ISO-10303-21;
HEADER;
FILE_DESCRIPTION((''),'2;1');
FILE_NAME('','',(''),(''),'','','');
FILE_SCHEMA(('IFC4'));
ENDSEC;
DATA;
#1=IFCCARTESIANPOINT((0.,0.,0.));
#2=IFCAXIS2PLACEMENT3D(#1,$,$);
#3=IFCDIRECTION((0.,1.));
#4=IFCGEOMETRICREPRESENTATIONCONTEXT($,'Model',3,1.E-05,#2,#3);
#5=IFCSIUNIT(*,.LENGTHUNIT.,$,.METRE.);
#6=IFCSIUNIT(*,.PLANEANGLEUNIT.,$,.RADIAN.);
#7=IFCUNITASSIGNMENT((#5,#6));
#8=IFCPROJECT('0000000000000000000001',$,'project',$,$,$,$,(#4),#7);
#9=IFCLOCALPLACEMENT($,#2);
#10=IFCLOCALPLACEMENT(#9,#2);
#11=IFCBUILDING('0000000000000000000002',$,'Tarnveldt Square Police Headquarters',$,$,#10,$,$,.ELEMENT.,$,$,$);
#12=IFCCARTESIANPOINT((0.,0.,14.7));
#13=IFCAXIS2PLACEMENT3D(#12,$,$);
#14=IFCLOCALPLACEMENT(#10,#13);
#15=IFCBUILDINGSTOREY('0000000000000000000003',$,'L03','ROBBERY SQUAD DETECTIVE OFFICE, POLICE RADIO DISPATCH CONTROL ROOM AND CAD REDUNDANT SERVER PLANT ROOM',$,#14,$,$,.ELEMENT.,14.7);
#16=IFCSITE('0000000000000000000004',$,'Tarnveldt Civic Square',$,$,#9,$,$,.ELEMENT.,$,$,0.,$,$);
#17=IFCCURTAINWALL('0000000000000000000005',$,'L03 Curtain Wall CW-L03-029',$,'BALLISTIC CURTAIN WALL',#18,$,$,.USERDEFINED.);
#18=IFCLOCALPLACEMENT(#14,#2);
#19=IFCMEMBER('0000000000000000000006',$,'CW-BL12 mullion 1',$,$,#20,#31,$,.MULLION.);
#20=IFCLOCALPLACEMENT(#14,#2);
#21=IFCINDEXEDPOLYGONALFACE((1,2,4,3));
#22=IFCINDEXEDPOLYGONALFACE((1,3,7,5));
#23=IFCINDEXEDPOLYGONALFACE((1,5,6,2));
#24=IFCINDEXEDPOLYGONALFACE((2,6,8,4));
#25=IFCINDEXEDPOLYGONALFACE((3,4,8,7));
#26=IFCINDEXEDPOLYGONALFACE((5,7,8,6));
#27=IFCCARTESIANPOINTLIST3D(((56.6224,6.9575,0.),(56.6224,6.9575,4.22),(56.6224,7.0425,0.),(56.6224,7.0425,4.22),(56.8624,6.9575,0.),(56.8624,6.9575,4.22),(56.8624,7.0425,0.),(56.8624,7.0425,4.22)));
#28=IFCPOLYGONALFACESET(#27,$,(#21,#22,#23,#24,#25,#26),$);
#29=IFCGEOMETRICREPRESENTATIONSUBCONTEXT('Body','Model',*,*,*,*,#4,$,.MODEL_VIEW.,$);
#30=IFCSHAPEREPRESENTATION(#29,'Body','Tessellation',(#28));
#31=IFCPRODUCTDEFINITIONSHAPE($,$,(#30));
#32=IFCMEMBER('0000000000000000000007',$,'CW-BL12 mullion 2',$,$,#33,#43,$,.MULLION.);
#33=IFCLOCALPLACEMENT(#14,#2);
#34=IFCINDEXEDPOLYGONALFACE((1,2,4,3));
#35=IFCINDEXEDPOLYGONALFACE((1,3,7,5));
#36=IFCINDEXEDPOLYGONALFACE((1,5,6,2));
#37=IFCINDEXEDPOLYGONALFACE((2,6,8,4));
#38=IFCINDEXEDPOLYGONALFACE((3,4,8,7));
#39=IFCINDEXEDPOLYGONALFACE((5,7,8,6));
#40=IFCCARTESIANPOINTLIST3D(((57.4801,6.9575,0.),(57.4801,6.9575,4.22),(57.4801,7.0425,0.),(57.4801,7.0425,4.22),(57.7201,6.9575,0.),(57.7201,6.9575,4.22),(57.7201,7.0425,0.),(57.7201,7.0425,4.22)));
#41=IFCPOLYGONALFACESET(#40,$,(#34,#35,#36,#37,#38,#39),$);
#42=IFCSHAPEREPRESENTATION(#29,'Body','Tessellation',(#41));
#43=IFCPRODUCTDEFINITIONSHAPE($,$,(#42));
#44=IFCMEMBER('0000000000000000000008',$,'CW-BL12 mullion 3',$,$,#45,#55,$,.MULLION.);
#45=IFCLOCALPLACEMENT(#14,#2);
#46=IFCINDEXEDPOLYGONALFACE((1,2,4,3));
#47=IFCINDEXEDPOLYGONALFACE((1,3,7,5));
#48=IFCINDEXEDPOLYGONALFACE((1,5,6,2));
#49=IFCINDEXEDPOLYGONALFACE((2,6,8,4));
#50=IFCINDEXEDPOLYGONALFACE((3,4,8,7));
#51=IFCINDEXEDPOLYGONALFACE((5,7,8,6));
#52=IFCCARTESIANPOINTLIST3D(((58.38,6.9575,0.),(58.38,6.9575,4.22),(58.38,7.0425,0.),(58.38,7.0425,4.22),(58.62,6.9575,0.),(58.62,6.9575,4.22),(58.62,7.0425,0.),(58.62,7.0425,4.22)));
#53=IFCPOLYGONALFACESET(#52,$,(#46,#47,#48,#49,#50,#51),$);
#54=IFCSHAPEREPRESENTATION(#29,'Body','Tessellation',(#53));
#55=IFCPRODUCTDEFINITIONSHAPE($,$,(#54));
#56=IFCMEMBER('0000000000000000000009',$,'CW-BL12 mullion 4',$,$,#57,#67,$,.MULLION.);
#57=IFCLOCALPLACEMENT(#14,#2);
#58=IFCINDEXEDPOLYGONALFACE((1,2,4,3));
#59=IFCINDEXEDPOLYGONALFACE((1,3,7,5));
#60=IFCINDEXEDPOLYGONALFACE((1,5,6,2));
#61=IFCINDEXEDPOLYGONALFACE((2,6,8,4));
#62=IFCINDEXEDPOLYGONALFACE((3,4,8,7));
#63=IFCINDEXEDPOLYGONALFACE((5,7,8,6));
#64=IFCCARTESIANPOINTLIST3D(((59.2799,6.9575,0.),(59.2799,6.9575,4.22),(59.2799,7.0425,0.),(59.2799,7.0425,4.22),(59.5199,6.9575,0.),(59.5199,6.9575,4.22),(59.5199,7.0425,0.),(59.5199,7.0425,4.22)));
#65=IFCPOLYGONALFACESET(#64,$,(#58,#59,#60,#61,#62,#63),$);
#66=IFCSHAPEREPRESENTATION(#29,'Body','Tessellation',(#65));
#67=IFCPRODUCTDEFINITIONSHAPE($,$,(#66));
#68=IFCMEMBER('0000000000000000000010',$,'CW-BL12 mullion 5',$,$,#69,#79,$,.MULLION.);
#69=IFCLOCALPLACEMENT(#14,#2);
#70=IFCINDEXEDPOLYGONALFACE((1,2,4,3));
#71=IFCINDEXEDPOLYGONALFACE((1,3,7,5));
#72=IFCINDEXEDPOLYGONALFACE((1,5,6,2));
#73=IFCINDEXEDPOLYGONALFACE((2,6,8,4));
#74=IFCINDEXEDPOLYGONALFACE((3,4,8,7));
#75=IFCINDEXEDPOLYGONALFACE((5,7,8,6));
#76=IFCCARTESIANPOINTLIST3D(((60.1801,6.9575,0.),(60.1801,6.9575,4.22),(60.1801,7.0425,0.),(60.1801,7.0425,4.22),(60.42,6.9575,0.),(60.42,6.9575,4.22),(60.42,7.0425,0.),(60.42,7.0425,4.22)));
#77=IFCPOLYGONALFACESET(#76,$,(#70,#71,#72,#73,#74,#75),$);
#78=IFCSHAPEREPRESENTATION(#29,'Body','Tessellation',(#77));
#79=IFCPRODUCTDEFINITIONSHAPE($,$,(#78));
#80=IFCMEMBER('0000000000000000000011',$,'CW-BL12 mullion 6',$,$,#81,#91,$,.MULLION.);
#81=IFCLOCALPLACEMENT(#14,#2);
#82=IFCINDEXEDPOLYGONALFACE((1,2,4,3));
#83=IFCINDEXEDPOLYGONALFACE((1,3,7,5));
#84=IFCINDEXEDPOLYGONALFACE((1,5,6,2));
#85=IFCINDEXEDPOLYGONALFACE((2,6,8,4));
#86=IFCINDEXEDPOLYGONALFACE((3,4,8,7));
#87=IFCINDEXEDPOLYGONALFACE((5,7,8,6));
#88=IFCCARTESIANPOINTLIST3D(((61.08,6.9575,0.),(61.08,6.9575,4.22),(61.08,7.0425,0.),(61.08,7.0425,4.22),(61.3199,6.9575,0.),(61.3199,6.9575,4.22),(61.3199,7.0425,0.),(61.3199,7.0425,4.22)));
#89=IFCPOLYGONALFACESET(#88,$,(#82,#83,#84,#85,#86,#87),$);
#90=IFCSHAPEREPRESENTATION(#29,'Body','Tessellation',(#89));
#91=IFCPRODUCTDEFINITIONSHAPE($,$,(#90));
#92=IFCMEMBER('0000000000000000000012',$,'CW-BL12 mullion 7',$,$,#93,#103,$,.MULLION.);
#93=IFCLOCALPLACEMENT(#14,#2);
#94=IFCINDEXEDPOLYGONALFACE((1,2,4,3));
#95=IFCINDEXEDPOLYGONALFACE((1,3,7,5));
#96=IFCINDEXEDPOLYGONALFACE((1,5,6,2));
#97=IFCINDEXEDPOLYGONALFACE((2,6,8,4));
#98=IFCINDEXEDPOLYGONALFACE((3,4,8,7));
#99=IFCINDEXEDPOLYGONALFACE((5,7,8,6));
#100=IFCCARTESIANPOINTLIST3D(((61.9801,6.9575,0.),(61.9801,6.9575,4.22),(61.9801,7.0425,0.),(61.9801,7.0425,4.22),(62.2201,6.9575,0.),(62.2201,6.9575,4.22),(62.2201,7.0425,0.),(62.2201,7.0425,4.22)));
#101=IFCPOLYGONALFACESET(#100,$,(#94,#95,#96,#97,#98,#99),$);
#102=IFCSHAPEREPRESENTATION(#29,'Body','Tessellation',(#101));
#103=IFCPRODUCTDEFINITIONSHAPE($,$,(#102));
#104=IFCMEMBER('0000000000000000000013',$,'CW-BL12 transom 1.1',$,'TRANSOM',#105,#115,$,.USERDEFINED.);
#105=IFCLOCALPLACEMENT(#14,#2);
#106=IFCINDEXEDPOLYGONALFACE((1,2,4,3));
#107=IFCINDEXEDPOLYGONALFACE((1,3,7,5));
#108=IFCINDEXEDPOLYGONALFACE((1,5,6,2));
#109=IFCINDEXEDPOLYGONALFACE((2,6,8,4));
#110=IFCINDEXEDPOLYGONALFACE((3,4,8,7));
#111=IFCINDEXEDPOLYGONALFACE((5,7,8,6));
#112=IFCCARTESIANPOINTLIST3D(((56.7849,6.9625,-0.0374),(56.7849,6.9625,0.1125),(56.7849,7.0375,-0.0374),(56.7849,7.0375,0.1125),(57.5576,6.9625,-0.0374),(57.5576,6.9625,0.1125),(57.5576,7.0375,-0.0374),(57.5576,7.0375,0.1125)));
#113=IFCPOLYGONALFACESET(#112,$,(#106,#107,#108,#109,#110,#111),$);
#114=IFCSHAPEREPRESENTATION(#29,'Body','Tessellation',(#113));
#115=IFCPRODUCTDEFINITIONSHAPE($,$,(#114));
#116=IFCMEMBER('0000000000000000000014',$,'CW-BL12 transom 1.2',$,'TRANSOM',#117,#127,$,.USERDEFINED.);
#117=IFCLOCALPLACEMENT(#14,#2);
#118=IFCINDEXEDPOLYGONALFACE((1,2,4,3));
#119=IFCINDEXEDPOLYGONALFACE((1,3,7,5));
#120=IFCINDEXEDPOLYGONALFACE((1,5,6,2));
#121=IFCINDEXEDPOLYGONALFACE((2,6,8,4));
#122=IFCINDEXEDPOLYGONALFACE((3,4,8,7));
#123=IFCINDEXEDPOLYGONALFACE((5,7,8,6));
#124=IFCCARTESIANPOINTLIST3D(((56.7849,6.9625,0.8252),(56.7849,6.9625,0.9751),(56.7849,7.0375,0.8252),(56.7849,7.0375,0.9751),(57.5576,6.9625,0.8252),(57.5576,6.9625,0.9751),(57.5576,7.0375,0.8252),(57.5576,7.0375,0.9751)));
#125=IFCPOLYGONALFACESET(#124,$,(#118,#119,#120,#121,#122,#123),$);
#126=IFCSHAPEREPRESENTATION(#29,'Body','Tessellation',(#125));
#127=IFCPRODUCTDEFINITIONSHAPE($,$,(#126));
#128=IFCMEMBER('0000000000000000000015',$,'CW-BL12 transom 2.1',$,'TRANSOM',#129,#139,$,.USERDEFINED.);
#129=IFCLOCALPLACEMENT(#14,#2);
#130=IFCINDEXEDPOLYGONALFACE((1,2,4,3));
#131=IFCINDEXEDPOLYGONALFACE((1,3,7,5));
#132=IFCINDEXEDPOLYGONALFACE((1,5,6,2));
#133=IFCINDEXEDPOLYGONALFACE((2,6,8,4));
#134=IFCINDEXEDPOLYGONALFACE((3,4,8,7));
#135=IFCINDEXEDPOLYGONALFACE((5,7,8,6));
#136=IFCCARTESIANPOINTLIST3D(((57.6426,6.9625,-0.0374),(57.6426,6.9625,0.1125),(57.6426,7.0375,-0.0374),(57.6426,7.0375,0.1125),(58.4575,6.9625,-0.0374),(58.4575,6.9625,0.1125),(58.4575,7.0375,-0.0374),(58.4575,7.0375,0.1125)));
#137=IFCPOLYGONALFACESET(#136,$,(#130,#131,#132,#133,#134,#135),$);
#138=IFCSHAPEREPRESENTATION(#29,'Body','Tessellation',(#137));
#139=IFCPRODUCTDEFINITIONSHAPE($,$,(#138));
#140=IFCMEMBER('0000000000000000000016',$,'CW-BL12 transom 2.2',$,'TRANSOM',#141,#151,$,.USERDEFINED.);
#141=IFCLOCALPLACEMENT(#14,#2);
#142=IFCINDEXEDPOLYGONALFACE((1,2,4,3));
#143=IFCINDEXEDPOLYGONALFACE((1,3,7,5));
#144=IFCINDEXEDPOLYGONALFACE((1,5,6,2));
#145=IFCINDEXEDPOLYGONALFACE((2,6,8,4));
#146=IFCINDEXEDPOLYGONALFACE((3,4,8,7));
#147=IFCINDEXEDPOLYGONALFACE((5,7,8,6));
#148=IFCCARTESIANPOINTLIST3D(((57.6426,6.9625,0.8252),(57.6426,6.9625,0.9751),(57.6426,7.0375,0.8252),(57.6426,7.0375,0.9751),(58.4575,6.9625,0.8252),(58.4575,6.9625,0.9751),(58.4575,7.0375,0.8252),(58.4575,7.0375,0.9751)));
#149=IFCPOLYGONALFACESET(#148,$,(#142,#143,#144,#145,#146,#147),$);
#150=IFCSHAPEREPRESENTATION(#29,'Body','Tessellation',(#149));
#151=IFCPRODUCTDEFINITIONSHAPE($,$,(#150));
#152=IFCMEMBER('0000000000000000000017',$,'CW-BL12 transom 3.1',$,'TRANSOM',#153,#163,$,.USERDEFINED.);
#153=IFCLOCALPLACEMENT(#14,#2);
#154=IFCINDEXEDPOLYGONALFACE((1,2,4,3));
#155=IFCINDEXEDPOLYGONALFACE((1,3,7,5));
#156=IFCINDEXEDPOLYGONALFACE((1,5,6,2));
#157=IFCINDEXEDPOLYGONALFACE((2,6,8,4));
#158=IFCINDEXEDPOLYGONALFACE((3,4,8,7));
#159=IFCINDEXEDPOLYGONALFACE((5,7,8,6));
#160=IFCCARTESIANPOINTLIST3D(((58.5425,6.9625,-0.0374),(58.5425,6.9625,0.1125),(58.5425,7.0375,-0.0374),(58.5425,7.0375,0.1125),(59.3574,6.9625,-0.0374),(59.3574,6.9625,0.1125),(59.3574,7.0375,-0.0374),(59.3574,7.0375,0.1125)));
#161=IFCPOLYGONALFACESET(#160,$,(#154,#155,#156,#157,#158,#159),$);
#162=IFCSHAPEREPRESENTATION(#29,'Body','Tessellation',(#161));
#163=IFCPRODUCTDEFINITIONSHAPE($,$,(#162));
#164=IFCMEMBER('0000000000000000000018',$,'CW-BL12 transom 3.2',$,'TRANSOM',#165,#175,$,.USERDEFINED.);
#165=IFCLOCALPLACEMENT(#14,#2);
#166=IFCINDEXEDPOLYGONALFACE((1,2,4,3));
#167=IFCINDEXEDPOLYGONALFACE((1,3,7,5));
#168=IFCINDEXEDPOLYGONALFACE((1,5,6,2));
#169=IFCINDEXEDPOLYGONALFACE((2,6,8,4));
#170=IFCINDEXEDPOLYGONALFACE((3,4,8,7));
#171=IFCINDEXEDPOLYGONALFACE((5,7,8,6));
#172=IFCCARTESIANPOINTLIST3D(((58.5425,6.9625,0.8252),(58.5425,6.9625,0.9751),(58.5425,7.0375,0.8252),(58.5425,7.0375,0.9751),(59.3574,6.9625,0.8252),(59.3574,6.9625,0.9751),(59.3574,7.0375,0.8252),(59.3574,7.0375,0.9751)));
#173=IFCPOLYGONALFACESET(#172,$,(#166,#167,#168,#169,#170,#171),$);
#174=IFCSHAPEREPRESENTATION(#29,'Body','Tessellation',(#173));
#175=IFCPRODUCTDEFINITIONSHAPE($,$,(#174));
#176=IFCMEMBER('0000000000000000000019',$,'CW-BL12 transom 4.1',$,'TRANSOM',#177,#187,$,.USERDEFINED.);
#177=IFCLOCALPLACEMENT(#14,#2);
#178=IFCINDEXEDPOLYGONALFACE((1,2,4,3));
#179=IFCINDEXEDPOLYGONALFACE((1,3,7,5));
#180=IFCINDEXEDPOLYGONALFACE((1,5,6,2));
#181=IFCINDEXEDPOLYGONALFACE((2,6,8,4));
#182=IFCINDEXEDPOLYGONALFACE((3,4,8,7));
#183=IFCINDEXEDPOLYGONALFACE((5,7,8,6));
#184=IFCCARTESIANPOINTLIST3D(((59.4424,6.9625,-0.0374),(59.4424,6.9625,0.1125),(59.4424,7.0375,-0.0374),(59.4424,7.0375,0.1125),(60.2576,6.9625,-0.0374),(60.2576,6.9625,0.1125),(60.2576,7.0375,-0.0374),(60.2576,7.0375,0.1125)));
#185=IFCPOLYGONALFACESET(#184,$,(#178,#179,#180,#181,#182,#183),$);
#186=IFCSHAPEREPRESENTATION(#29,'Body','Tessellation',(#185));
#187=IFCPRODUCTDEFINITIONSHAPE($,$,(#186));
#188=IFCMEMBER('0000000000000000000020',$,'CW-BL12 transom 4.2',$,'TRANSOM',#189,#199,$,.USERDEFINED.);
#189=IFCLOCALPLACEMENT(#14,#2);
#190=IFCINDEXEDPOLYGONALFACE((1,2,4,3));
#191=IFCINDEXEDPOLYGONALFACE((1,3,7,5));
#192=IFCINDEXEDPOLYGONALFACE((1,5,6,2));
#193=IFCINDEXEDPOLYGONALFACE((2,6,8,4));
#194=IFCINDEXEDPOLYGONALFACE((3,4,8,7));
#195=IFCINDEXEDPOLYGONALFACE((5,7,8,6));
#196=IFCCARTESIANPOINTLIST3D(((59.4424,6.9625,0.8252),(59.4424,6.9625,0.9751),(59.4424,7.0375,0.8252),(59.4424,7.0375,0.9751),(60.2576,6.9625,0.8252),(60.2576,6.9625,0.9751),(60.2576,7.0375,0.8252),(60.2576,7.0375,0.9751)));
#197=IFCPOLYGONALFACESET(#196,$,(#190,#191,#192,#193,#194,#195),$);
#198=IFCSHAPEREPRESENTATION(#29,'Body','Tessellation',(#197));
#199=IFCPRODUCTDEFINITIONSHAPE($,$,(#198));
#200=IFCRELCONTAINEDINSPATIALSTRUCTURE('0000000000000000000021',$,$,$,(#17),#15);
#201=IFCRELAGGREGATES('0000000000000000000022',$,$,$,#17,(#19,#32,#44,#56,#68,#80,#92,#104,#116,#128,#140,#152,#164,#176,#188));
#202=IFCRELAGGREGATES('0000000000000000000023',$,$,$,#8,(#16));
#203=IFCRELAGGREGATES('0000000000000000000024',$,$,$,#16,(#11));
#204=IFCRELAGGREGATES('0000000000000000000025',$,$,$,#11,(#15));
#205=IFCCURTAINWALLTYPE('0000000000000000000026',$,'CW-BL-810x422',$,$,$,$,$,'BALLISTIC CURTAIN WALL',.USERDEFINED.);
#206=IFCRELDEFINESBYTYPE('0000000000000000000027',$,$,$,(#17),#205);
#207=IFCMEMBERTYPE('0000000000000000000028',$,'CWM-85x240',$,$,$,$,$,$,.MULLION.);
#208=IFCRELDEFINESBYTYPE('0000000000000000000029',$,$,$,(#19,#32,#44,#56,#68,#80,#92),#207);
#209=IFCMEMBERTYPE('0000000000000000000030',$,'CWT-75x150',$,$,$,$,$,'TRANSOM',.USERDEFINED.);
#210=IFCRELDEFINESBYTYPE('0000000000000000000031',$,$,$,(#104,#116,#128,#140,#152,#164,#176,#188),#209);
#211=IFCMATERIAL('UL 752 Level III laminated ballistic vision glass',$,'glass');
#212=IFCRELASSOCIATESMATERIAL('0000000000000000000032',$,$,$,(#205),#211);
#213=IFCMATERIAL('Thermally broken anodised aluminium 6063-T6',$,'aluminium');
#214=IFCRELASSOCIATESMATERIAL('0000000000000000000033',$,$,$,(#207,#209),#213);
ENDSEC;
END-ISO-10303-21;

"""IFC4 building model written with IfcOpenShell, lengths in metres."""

from ifc_helpers import new_model, si_unit, direction, frame, origin, origin_2d, place, context, subcontext, project, spatial, rectangle, extrude, material, material_profile, profile_set, type_object, element, aggregate, save


model = new_model("IFC4")

# Units and contexts
model_context = context("Model", 3, precision=1e-05, world=origin(), true_north=direction((0.0, 1.0)))
body_context = subcontext(model_context, "Body", "Model", "MODEL_VIEW")
ifc_project = project(units=[si_unit("LENGTHUNIT", "METRE"), si_unit("PLANEANGLEUNIT", "RADIAN")], contexts=[model_context])

# Site, building, storey
site_placement = place(None, origin())
site = spatial("IfcSite", under=ifc_project, at=site_placement, Name="Tarnveldt Civic Square", CompositionType="ELEMENT", RefElevation=0.0)
building_placement = place(site_placement, origin())
building = spatial("IfcBuilding", under=site, at=building_placement, Name="Tarnveldt Square Police Headquarters", CompositionType="ELEMENT")
storey_placement = place(building_placement, frame((0.0, 0.0, 14.7)))
storey = spatial("IfcBuildingStorey", under=building, at=storey_placement, Name="L03", Description="ROBBERY SQUAD DETECTIVE OFFICE, POLICE RADIO DISPATCH CONTROL ROOM AND CAD REDUNDANT SERVER PLANT ROOM", CompositionType="ELEMENT", Elevation=14.7)

# Curtain wall, members
ifc_material_1 = material(Name="UL 752 Level III laminated ballistic vision glass", Category="glass")
curtain_wall_type = type_object("IfcCurtainWallType", Name="CW-BL-810x422", ElementType="BALLISTIC CURTAIN WALL", PredefinedType="USERDEFINED", material=ifc_material_1)
curtain_wall_placement = place(storey_placement, origin())
curtain_wall = element("IfcCurtainWall", 1, at=curtain_wall_placement, inside=storey, type_object=curtain_wall_type, Name="L03 Curtain Wall CW-L03-029", ObjectType="BALLISTIC CURTAIN WALL", PredefinedType="USERDEFINED")
ifc_material_2 = material(Name="Thermally broken anodised aluminium 6063-T6", Category="aluminium")
ifc_material_profile_1 = material_profile(ifc_material_2, rectangle(XDim=0.085, YDim=0.24, at=origin_2d()), Name="CW-M85x240")
ifc_profile_set_1 = profile_set([ifc_material_profile_1], Name="Thermally broken anodised aluminium 6063-T6")
member_type_1 = type_object("IfcMemberType", Name="CWM-85x240", PredefinedType="MULLION", material=ifc_profile_set_1)
member_1_placement = place(storey_placement, frame((56.7424, 7.0, 0.0), z_axis=(0.0, 0.0, 1.0), x_axis=(0.0, 1.0, 0.0)))
member_1 = element("IfcMember", 2, at=member_1_placement, type_object=member_type_1, Name="CW-BL12 mullion 1", PredefinedType="MULLION", context=body_context, shape_type="SweptSolid", body=[
    extrude(rectangle(XDim=0.085, YDim=0.24, at=origin_2d()), origin(), (0.0, 0.0, 1.0), 4.22),
])
member_2_placement = place(storey_placement, frame((57.6001, 7.0, 0.0), z_axis=(0.0, 0.0, 1.0), x_axis=(0.0, 1.0, 0.0)))
member_2 = element("IfcMember", 3, at=member_2_placement, type_object=member_type_1, Name="CW-BL12 mullion 2", PredefinedType="MULLION", context=body_context, shape_type="SweptSolid", body=[
    extrude(rectangle(XDim=0.085, YDim=0.24, at=origin_2d()), origin(), (0.0, 0.0, 1.0), 4.22),
])
member_3_placement = place(storey_placement, frame((58.5, 7.0, 0.0), z_axis=(0.0, 0.0, 1.0), x_axis=(0.0, 1.0, 0.0)))
member_3 = element("IfcMember", 4, at=member_3_placement, type_object=member_type_1, Name="CW-BL12 mullion 3", PredefinedType="MULLION", context=body_context, shape_type="SweptSolid", body=[
    extrude(rectangle(XDim=0.085, YDim=0.24, at=origin_2d()), origin(), (0.0, 0.0, 1.0), 4.22),
])
member_4_placement = place(storey_placement, frame((59.3999, 7.0, 0.0), z_axis=(0.0, 0.0, 1.0), x_axis=(0.0, 1.0, 0.0)))
member_4 = element("IfcMember", 5, at=member_4_placement, type_object=member_type_1, Name="CW-BL12 mullion 4", PredefinedType="MULLION", context=body_context, shape_type="SweptSolid", body=[
    extrude(rectangle(XDim=0.085, YDim=0.24, at=origin_2d()), origin(), (0.0, 0.0, 1.0), 4.22),
])
member_5_placement = place(storey_placement, frame((60.3, 7.0, 0.0), z_axis=(0.0, 0.0, 1.0), x_axis=(0.0, 1.0, 0.0)))
member_5 = element("IfcMember", 6, at=member_5_placement, type_object=member_type_1, Name="CW-BL12 mullion 5", PredefinedType="MULLION", context=body_context, shape_type="SweptSolid", body=[
    extrude(rectangle(XDim=0.085, YDim=0.24, at=origin_2d()), origin(), (0.0, 0.0, 1.0), 4.22),
])
member_6_placement = place(storey_placement, frame((61.2, 7.0, 0.0), z_axis=(0.0, 0.0, 1.0), x_axis=(0.0, 1.0, 0.0)))
member_6 = element("IfcMember", 7, at=member_6_placement, type_object=member_type_1, Name="CW-BL12 mullion 6", PredefinedType="MULLION", context=body_context, shape_type="SweptSolid", body=[
    extrude(rectangle(XDim=0.085, YDim=0.24, at=origin_2d()), origin(), (0.0, 0.0, 1.0), 4.22),
])
member_7_placement = place(storey_placement, frame((62.1001, 7.0, 0.0), z_axis=(0.0, 0.0, 1.0), x_axis=(0.0, 1.0, 0.0)))
member_7 = element("IfcMember", 8, at=member_7_placement, type_object=member_type_1, Name="CW-BL12 mullion 7", PredefinedType="MULLION", context=body_context, shape_type="SweptSolid", body=[
    extrude(rectangle(XDim=0.085, YDim=0.24, at=origin_2d()), origin(), (0.0, 0.0, 1.0), 4.22),
])
ifc_material_profile_2 = material_profile(ifc_material_2, rectangle(XDim=0.075, YDim=0.1499, at=origin_2d()), Name="CW-T75x150")
ifc_profile_set_2 = profile_set([ifc_material_profile_2], Name="Thermally broken anodised aluminium 6063-T6")
member_type_2 = type_object("IfcMemberType", Name="CWT-75x150", ElementType="TRANSOM", PredefinedType="USERDEFINED", material=ifc_profile_set_2)
member_8_placement = place(storey_placement, frame((56.7849, 7.0, 0.0376), z_axis=(1.0, 0.0, 0.0), x_axis=(0.0, 1.0, 0.0)))
member_8 = element("IfcMember", 9, at=member_8_placement, type_object=member_type_2, Name="CW-BL12 transom 1.1", ObjectType="TRANSOM", PredefinedType="USERDEFINED", context=body_context, shape_type="SweptSolid", body=[
    extrude(rectangle(XDim=0.075, YDim=0.1499, at=origin_2d()), origin(), (0.0, 0.0, 1.0), 0.7727),
])
member_9_placement = place(storey_placement, frame((56.7849, 7.0, 0.9001), z_axis=(1.0, 0.0, 0.0), x_axis=(0.0, 1.0, 0.0)))
member_9 = element("IfcMember", 10, at=member_9_placement, type_object=member_type_2, Name="CW-BL12 transom 1.2", ObjectType="TRANSOM", PredefinedType="USERDEFINED", context=body_context, shape_type="SweptSolid", body=[
    extrude(rectangle(XDim=0.075, YDim=0.1499, at=origin_2d()), origin(), (0.0, 0.0, 1.0), 0.7727),
])
member_10_placement = place(storey_placement, frame((57.6426, 7.0, 0.0376), z_axis=(1.0, 0.0, 0.0), x_axis=(0.0, 1.0, 0.0)))
member_10 = element("IfcMember", 11, at=member_10_placement, type_object=member_type_2, Name="CW-BL12 transom 2.1", ObjectType="TRANSOM", PredefinedType="USERDEFINED", context=body_context, shape_type="SweptSolid", body=[
    extrude(rectangle(XDim=0.075, YDim=0.1499, at=origin_2d()), origin(), (0.0, 0.0, 1.0), 0.8149),
])
member_11_placement = place(storey_placement, frame((57.6426, 7.0, 0.9001), z_axis=(1.0, 0.0, 0.0), x_axis=(0.0, 1.0, 0.0)))
member_11 = element("IfcMember", 12, at=member_11_placement, type_object=member_type_2, Name="CW-BL12 transom 2.2", ObjectType="TRANSOM", PredefinedType="USERDEFINED", context=body_context, shape_type="SweptSolid", body=[
    extrude(rectangle(XDim=0.075, YDim=0.1499, at=origin_2d()), origin(), (0.0, 0.0, 1.0), 0.8149),
])
member_12_placement = place(storey_placement, frame((58.5425, 7.0, 0.0376), z_axis=(1.0, 0.0, 0.0), x_axis=(0.0, 1.0, 0.0)))
member_12 = element("IfcMember", 13, at=member_12_placement, type_object=member_type_2, Name="CW-BL12 transom 3.1", ObjectType="TRANSOM", PredefinedType="USERDEFINED", context=body_context, shape_type="SweptSolid", body=[
    extrude(rectangle(XDim=0.075, YDim=0.1499, at=origin_2d()), origin(), (0.0, 0.0, 1.0), 0.8149),
])
member_13_placement = place(storey_placement, frame((58.5425, 7.0, 0.9001), z_axis=(1.0, 0.0, 0.0), x_axis=(0.0, 1.0, 0.0)))
member_13 = element("IfcMember", 14, at=member_13_placement, type_object=member_type_2, Name="CW-BL12 transom 3.2", ObjectType="TRANSOM", PredefinedType="USERDEFINED", context=body_context, shape_type="SweptSolid", body=[
    extrude(rectangle(XDim=0.075, YDim=0.1499, at=origin_2d()), origin(), (0.0, 0.0, 1.0), 0.8149),
])
member_14_placement = place(storey_placement, frame((59.4424, 7.0, 0.0376), z_axis=(1.0, 0.0, 0.0), x_axis=(0.0, 1.0, 0.0)))
member_14 = element("IfcMember", 15, at=member_14_placement, type_object=member_type_2, Name="CW-BL12 transom 4.1", ObjectType="TRANSOM", PredefinedType="USERDEFINED", context=body_context, shape_type="SweptSolid", body=[
    extrude(rectangle(XDim=0.075, YDim=0.1499, at=origin_2d()), origin(), (0.0, 0.0, 1.0), 0.8152),
])
member_15_placement = place(storey_placement, frame((59.4424, 7.0, 0.9001), z_axis=(1.0, 0.0, 0.0), x_axis=(0.0, 1.0, 0.0)))
member_15 = element("IfcMember", 16, at=member_15_placement, type_object=member_type_2, Name="CW-BL12 transom 4.2", ObjectType="TRANSOM", PredefinedType="USERDEFINED", context=body_context, shape_type="SweptSolid", body=[
    extrude(rectangle(XDim=0.075, YDim=0.1499, at=origin_2d()), origin(), (0.0, 0.0, 1.0), 0.8152),
])

aggregate(curtain_wall, [member_1, member_2, member_3, member_4, member_5, member_6, member_7, member_8, member_9, member_10, member_11, member_12, member_13, member_14, member_15])

save(model, "model.ifc")
